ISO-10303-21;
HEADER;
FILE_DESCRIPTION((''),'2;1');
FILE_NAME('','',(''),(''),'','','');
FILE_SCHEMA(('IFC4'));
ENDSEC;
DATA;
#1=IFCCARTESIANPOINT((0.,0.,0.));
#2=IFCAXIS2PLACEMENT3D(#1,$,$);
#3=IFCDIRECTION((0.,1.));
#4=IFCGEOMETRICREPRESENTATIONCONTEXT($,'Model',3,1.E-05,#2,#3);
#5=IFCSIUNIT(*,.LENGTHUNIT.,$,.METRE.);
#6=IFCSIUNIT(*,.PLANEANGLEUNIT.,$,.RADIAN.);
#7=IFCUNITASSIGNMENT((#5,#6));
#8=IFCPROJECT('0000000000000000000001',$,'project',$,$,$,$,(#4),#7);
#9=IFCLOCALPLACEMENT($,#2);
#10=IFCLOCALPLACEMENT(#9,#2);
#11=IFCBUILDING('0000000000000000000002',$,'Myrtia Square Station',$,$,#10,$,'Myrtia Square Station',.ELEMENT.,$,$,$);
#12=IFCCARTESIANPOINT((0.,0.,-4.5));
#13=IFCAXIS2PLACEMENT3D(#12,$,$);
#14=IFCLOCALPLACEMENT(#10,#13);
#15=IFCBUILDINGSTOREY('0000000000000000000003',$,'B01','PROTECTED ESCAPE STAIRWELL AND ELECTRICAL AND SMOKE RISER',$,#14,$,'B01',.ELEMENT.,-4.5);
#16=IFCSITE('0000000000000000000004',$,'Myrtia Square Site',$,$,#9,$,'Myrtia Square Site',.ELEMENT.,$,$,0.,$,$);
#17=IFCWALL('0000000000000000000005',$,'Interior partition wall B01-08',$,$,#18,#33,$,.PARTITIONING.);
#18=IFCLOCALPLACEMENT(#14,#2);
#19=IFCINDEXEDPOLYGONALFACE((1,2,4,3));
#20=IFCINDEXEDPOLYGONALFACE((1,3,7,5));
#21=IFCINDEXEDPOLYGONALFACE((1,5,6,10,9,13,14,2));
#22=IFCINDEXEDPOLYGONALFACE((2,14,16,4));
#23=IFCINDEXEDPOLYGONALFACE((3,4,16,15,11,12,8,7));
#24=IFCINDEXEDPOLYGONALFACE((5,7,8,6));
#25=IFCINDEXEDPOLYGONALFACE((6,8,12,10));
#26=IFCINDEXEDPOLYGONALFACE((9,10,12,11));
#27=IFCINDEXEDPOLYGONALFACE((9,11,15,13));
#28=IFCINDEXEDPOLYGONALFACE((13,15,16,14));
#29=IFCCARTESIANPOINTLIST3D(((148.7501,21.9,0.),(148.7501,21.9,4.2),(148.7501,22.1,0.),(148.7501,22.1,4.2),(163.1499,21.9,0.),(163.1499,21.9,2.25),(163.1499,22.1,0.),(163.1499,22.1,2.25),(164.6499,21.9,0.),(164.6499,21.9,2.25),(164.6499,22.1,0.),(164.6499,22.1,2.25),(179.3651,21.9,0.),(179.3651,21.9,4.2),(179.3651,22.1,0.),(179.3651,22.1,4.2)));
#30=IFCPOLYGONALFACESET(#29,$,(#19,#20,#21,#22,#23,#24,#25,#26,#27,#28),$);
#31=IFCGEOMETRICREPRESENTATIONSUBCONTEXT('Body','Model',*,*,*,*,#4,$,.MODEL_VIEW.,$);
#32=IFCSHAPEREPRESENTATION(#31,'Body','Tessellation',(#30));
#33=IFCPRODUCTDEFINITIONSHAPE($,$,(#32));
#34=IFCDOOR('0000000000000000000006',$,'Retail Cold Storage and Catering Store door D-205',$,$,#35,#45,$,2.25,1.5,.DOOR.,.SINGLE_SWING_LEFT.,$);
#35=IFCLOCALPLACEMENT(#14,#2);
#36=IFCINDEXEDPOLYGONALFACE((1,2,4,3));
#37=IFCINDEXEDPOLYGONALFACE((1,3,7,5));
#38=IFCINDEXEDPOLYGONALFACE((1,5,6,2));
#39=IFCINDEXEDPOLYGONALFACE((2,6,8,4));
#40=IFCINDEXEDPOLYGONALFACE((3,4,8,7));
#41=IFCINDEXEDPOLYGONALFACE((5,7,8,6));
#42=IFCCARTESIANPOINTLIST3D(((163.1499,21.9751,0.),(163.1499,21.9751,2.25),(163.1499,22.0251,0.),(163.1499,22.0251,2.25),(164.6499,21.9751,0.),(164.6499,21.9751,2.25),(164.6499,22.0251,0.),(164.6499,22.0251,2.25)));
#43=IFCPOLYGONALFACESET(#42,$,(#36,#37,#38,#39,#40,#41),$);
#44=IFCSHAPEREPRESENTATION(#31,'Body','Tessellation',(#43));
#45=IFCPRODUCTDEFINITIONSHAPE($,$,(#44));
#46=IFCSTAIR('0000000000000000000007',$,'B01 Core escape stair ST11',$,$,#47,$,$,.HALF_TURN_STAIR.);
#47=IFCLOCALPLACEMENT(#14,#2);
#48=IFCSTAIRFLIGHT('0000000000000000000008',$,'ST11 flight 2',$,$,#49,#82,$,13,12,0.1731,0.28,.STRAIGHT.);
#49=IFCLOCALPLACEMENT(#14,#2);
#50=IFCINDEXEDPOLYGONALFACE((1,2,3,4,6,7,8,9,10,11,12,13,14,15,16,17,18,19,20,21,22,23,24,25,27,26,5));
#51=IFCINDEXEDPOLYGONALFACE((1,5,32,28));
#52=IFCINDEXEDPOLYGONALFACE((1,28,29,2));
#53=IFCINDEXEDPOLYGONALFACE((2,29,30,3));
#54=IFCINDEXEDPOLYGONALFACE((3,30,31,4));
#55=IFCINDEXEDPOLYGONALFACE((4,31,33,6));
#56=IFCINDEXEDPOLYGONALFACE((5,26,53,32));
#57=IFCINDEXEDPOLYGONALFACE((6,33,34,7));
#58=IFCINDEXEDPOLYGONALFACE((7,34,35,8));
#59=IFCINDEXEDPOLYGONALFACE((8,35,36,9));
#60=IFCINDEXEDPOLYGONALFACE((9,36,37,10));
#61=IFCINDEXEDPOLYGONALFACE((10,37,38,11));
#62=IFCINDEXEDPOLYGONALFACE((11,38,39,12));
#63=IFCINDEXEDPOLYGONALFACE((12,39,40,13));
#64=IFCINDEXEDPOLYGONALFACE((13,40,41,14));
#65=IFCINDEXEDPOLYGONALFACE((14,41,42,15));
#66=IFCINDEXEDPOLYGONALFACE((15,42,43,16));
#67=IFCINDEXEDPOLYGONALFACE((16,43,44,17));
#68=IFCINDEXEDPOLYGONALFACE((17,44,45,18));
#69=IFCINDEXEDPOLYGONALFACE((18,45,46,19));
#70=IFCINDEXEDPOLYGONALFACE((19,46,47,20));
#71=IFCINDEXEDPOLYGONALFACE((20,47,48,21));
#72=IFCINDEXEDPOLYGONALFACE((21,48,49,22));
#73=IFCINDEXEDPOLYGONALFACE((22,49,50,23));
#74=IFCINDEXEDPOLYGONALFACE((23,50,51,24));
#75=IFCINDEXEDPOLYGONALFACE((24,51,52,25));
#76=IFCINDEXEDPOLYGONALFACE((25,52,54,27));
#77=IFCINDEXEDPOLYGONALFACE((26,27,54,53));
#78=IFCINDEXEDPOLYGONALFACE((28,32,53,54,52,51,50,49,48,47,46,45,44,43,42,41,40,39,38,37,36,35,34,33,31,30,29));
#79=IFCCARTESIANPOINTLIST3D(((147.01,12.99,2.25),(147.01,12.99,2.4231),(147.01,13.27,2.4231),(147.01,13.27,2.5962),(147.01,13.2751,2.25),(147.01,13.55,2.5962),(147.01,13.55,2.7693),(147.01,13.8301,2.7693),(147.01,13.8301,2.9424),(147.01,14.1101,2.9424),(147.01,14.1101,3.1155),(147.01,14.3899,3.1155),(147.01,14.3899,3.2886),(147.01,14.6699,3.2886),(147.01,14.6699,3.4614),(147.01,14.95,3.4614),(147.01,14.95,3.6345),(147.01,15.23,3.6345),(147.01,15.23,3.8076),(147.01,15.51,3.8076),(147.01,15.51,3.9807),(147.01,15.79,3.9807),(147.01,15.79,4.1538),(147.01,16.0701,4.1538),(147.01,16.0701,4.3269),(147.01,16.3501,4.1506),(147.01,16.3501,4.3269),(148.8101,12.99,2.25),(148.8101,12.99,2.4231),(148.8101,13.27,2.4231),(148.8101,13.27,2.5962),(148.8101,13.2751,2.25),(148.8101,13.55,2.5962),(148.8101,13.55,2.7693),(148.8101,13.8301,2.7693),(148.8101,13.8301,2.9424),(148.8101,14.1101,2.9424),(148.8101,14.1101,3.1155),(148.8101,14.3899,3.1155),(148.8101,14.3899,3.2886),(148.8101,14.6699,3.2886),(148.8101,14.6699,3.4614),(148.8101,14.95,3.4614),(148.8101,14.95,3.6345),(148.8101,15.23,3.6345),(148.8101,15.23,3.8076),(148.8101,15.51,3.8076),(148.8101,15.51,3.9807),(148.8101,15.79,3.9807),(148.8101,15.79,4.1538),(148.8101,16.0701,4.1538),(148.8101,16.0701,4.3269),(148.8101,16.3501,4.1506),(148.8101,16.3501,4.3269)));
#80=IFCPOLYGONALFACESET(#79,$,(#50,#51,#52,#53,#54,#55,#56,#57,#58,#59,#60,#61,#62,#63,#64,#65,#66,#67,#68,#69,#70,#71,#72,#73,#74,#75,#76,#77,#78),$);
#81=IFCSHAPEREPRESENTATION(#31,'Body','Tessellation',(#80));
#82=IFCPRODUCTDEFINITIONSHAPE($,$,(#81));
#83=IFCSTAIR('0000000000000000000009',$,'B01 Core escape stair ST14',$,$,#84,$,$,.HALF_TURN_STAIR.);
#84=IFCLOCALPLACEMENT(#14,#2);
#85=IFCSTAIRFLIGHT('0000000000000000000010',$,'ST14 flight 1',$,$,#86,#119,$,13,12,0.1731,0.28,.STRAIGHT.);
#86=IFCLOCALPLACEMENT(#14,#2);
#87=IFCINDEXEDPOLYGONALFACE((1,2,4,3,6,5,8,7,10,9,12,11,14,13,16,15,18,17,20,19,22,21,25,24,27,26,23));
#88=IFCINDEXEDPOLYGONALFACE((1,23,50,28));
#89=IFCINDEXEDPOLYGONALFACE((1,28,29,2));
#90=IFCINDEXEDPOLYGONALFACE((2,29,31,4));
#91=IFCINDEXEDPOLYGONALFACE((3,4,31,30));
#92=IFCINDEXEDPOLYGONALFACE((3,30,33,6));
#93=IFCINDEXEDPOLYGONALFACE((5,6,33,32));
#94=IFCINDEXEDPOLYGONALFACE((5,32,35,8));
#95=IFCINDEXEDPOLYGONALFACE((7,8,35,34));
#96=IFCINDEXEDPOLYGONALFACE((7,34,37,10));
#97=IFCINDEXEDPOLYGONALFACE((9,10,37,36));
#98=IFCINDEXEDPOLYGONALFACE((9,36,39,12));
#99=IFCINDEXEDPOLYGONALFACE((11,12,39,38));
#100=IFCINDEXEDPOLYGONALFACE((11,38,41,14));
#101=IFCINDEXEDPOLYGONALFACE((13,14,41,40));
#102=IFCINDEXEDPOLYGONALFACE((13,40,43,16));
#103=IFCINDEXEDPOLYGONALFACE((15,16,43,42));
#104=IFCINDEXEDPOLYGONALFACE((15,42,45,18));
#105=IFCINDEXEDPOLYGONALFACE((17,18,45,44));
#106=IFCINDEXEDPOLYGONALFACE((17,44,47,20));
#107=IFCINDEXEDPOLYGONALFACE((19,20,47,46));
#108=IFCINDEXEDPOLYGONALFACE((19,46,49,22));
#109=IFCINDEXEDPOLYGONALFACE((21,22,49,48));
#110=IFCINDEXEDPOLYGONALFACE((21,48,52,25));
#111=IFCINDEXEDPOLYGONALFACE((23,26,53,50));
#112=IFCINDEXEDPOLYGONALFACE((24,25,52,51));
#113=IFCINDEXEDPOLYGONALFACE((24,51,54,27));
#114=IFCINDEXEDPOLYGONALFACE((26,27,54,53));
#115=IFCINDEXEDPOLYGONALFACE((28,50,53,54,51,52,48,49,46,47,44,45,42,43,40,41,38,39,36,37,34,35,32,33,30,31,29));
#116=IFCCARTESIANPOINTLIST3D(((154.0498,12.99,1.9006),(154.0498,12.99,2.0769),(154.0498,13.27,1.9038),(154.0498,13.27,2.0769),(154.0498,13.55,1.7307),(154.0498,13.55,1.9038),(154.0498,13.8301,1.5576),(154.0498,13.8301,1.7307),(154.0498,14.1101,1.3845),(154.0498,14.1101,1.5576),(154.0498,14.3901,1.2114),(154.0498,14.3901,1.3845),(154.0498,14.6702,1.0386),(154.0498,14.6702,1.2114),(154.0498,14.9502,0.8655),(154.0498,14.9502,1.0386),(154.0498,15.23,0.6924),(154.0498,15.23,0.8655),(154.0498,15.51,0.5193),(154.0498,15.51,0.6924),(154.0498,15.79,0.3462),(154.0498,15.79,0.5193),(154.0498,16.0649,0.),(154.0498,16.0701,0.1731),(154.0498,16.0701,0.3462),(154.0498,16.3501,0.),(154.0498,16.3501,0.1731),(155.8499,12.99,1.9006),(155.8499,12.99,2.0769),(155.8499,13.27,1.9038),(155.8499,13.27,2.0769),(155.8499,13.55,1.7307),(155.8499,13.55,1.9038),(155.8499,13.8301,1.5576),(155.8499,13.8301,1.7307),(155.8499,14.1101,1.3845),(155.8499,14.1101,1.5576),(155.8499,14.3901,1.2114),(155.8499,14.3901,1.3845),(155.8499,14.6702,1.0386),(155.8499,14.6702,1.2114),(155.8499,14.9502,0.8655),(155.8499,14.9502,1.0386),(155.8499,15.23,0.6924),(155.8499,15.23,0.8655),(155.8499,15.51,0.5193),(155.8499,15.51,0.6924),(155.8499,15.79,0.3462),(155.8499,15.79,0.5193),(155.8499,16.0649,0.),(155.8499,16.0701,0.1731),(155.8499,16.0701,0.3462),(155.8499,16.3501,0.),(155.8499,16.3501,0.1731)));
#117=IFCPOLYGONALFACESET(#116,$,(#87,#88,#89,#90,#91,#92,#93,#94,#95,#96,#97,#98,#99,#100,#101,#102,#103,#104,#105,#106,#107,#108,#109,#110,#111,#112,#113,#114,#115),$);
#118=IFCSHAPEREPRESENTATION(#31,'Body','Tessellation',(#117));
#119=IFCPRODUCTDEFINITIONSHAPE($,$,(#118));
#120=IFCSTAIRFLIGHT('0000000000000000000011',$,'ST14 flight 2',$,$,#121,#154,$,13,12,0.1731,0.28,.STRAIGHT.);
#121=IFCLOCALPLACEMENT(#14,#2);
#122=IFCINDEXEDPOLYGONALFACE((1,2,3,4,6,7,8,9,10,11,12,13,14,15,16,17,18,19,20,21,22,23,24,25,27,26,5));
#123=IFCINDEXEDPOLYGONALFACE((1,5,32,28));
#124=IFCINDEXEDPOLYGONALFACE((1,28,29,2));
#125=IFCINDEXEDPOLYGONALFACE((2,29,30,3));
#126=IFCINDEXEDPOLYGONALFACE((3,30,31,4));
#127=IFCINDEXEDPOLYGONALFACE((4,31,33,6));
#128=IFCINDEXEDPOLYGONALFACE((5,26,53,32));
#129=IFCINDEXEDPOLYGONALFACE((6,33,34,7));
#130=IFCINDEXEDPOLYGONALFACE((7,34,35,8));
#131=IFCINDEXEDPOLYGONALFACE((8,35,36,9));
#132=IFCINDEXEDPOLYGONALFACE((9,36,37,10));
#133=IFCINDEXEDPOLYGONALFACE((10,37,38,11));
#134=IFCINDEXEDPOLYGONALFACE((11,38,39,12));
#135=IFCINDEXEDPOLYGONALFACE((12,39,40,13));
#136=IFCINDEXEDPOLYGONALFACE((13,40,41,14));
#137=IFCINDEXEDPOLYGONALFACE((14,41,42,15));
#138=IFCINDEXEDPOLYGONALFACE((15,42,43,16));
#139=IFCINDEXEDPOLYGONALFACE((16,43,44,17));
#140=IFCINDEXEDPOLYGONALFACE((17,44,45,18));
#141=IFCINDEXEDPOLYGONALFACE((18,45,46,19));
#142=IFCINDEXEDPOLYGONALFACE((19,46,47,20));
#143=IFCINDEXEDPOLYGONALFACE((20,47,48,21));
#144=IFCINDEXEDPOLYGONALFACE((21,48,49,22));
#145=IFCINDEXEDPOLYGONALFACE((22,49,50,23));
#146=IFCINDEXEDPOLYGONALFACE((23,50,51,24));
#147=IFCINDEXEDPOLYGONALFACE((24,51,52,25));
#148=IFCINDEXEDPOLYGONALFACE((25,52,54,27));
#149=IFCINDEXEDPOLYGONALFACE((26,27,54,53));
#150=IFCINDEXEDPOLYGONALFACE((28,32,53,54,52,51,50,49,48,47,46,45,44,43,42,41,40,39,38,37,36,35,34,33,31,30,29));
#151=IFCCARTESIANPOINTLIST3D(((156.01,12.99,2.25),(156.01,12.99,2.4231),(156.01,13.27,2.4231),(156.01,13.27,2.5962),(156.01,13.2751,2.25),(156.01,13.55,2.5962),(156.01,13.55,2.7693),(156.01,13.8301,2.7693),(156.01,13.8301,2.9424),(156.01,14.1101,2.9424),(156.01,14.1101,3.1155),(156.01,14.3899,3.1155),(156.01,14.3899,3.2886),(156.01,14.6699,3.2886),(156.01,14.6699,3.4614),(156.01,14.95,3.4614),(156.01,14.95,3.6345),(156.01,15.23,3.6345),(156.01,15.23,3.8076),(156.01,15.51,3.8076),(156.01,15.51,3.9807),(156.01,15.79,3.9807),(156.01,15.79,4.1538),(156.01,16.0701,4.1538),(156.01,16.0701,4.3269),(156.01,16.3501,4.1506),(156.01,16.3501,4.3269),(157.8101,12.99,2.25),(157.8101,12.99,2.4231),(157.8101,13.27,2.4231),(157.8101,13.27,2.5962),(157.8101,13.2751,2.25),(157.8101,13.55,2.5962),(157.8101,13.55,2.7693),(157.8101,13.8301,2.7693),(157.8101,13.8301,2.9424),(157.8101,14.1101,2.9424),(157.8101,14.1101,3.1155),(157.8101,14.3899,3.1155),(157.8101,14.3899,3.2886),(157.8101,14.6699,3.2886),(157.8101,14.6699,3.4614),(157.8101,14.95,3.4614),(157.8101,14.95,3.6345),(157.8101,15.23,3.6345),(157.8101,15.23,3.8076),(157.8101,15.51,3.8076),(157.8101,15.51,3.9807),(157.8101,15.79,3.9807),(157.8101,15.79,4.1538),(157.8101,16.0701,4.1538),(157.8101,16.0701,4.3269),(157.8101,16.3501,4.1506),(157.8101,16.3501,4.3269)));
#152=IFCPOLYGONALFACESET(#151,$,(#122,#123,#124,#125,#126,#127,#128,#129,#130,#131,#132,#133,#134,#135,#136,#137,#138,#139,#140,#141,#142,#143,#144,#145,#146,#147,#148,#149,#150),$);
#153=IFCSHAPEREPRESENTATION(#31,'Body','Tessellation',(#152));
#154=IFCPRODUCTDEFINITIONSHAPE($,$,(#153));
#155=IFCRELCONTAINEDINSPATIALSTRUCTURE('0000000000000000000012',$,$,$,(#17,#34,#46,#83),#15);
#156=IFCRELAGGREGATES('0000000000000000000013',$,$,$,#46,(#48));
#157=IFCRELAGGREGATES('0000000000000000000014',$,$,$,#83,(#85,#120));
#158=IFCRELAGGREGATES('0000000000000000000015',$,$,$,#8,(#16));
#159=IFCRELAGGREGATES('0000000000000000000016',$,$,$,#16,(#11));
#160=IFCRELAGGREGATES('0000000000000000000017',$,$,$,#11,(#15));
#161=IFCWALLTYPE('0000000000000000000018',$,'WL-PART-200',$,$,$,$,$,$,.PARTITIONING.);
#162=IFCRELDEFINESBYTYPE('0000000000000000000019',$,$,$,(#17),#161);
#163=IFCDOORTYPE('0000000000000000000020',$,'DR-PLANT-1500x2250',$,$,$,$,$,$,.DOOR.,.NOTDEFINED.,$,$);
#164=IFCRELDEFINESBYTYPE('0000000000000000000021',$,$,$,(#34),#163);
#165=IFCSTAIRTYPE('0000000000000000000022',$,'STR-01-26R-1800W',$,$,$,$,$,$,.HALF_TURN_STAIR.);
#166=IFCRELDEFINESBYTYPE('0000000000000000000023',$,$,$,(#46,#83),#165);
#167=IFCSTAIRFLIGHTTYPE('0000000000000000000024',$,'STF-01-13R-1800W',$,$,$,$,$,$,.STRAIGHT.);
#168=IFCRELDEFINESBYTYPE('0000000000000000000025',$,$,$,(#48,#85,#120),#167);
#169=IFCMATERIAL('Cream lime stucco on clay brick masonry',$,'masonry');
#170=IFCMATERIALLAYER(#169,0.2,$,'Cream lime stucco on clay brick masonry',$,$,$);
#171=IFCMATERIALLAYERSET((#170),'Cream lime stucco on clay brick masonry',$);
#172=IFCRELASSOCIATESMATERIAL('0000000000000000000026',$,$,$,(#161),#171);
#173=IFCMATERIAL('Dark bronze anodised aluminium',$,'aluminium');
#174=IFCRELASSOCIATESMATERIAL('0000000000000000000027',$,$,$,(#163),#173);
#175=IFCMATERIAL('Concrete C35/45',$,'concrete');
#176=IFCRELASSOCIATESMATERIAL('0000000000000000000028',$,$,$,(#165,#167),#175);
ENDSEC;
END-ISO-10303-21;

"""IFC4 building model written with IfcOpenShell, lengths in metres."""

from ifc_helpers import new_model, si_unit, direction, frame, frame_2d, origin, place, context, subcontext, project, spatial, polyline, rectangle, outline, extrude, material, layer, layer_set, type_object, element, fill, aggregate, save


model = new_model("IFC4")

# Units and contexts
model_context = context("Model", 3, precision=1e-05, world=origin(), true_north=direction((0.0, 1.0)))
body_context = subcontext(model_context, "Body", "Model", "MODEL_VIEW")
ifc_project = project(units=[si_unit("LENGTHUNIT", "METRE"), si_unit("PLANEANGLEUNIT", "RADIAN")], contexts=[model_context])

# Site, building, storey
site_placement = place(None, origin())
site = spatial("IfcSite", under=ifc_project, at=site_placement, Name="Myrtia Square Site", LongName="Myrtia Square Site", CompositionType="ELEMENT", RefElevation=0.0)
building_placement = place(site_placement, origin())
building = spatial("IfcBuilding", under=site, at=building_placement, Name="Myrtia Square Station", LongName="Myrtia Square Station", CompositionType="ELEMENT")
storey_placement = place(building_placement, frame((0.0, 0.0, -4.5)))
storey = spatial("IfcBuildingStorey", under=building, at=storey_placement, Name="B01", Description="PROTECTED ESCAPE STAIRWELL AND ELECTRICAL AND SMOKE RISER", LongName="B01", CompositionType="ELEMENT", Elevation=-4.5)

# Shared definitions
ifc_material_1 = material(Name="Concrete C35/45", Category="concrete")

# Shared definitions
ifc_material_2 = material(Name="Dark bronze anodised aluminium", Category="aluminium")

# Wall, opening, door
ifc_material_3 = material(Name="Cream lime stucco on clay brick masonry", Category="masonry")
ifc_layer_1 = layer(ifc_material_3, 0.2, Name="Cream lime stucco on clay brick masonry")
ifc_layer_set_1 = layer_set([ifc_layer_1], Name="Cream lime stucco on clay brick masonry")
wall_type_1 = type_object("IfcWallType", Name="WL-PART-200", PredefinedType="PARTITIONING", material=ifc_layer_set_1)
wall_1_placement = place(storey_placement, frame((148.75, 22.0, 0.0), z_axis=(0.0, 0.0, 1.0), x_axis=(1.0, 0.0, 0.0)))
wall_1 = element("IfcWall", 1, at=wall_1_placement, inside=storey, type_object=wall_type_1, Name="Interior partition wall B01-08", PredefinedType="PARTITIONING", context=body_context, shape_type="SweptSolid", body=[
    extrude(rectangle(XDim=30.615, YDim=0.2, at=frame_2d((15.3076, 0.0))), origin(), (0.0, 0.0, 1.0), 4.2),
])
opening_1_placement = place(wall_1_placement, frame((14.3999, 0.0, 0.0)))
opening_1 = element("IfcOpeningElement", 2, at=opening_1_placement, cuts=wall_1, PredefinedType="OPENING", context=body_context, shape_type="SweptSolid", body=[
    extrude(rectangle(XDim=1.5, YDim=2.25, at=frame_2d((0.75, 1.125))), frame((0.0, 0.115, 0.0), z_axis=(0.0, -1.0, 0.0), x_axis=(1.0, 0.0, 0.0)), (0.0, 0.0, 1.0), 0.23),
])
door_type_1 = type_object("IfcDoorType", Name="DR-PLANT-1500x2250", OperationType="NOTDEFINED", PredefinedType="DOOR", material=ifc_material_2)
door_1_placement = place(opening_1_placement, frame((1.5, 0.0, 0.0), z_axis=(0.0, 0.0, 1.0), x_axis=(-1.0, 0.0, 0.0)))
door_1 = element("IfcDoor", 3, at=door_1_placement, inside=storey, type_object=door_type_1, Name="Retail Cold Storage and Catering Store door D-205", OperationType="SINGLE_SWING_LEFT", OverallHeight=2.25, OverallWidth=1.5, PredefinedType="DOOR", context=body_context, shape_type="SweptSolid", body=[
    extrude(rectangle(XDim=1.5, YDim=2.25, at=frame_2d((0.75, 1.125))), frame((0.0, 0.0249, 0.0), z_axis=(0.0, -1.0, 0.0), x_axis=(1.0, 0.0, 0.0)), (0.0, 0.0, 1.0), 0.05),
])
fill(opening_1, door_1)

# Stair, stair flight
stair_type = type_object("IfcStairType", Name="STR-01-26R-1800W", PredefinedType="HALF_TURN_STAIR", material=ifc_material_1)
stair_1_placement = place(storey_placement, origin())
stair_1 = element("IfcStair", 4, at=stair_1_placement, inside=storey, type_object=stair_type, Name="B01 Core escape stair ST11", PredefinedType="HALF_TURN_STAIR")
stair_flight_type = type_object("IfcStairFlightType", Name="STF-01-13R-1800W", PredefinedType="STRAIGHT", material=ifc_material_1)
stair_flight_1_placement = place(storey_placement, frame((147.9099, 12.99, 2.25), z_axis=(0.0, 0.0, 1.0), x_axis=(0.0, 1.0, 0.0)))
stair_flight_1 = element("IfcStairFlight", 5, at=stair_flight_1_placement, type_object=stair_flight_type, Name="ST11 flight 2", NumberOfRisers=13, NumberOfTreads=12, PredefinedType="STRAIGHT", RiserHeight=0.1731, TreadLength=0.28, context=body_context, shape_type="SweptSolid", body=[
    extrude(outline(polyline([(0.0, 0.0), (0.0, 0.1731), (0.28, 0.1731), (0.28, 0.3462), (0.5601, 0.3462), (0.5601, 0.5193), (0.8401, 0.5193), (0.8401, 0.6924), (1.1201, 0.6924), (1.1201, 0.8655), (1.3999, 0.8655), (1.3999, 1.0386), (1.6799, 1.0386), (1.6799, 1.2114), (1.96, 1.2114), (1.96, 1.3845), (2.24, 1.3845), (2.24, 1.5576), (2.52, 1.5576), (2.52, 1.7307), (2.8, 1.7307), (2.8, 1.9038), (3.0801, 1.9038), (3.0801, 2.0769), (3.3601, 2.0769), (3.3601, 2.25), (3.3601, 1.9006), (0.2852, 0.0), (0.0, 0.0)])), frame((0.0, 0.8999, 0.0), z_axis=(0.0, -1.0, 0.0), x_axis=(1.0, 0.0, 0.0)), (0.0, 0.0, 1.0), 1.8),
])
aggregate(stair_1, [stair_flight_1])

# Stair, stair flights
stair_2_placement = place(storey_placement, origin())
stair_2 = element("IfcStair", 6, at=stair_2_placement, inside=storey, type_object=stair_type, Name="B01 Core escape stair ST14", PredefinedType="HALF_TURN_STAIR")
stair_flight_2_placement = place(storey_placement, frame((154.95, 16.3501, 0.0), z_axis=(0.0, 0.0, 1.0), x_axis=(0.0, -1.0, 0.0)))
stair_flight_2 = element("IfcStairFlight", 7, at=stair_flight_2_placement, type_object=stair_flight_type, Name="ST14 flight 1", NumberOfRisers=13, NumberOfTreads=12, PredefinedType="STRAIGHT", RiserHeight=0.1731, TreadLength=0.28, context=body_context, shape_type="SweptSolid", body=[
    extrude(outline(polyline([(0.0, 0.0), (0.0, 0.1731), (0.28, 0.1731), (0.28, 0.3462), (0.5601, 0.3462), (0.5601, 0.5193), (0.8401, 0.5193), (0.8401, 0.6924), (1.1201, 0.6924), (1.1201, 0.8655), (1.3999, 0.8655), (1.3999, 1.0386), (1.6799, 1.0386), (1.6799, 1.2114), (1.96, 1.2114), (1.96, 1.3845), (2.24, 1.3845), (2.24, 1.5576), (2.52, 1.5576), (2.52, 1.7307), (2.8, 1.7307), (2.8, 1.9038), (3.0801, 1.9038), (3.0801, 2.0769), (3.3601, 2.0769), (3.3601, 2.25), (3.3601, 1.9006), (0.2852, 0.0), (0.0, 0.0)])), frame((0.0, 0.8999, 0.0), z_axis=(0.0, -1.0, 0.0), x_axis=(1.0, 0.0, 0.0)), (0.0, 0.0, 1.0), 1.8),
])
stair_flight_3_placement = place(storey_placement, frame((156.9099, 12.99, 2.25), z_axis=(0.0, 0.0, 1.0), x_axis=(0.0, 1.0, 0.0)))
stair_flight_3 = element("IfcStairFlight", 8, at=stair_flight_3_placement, type_object=stair_flight_type, Name="ST14 flight 2", NumberOfRisers=13, NumberOfTreads=12, PredefinedType="STRAIGHT", RiserHeight=0.1731, TreadLength=0.28, context=body_context, shape_type="SweptSolid", body=[
    extrude(outline(polyline([(0.0, 0.0), (0.0, 0.1731), (0.28, 0.1731), (0.28, 0.3462), (0.5601, 0.3462), (0.5601, 0.5193), (0.8401, 0.5193), (0.8401, 0.6924), (1.1201, 0.6924), (1.1201, 0.8655), (1.3999, 0.8655), (1.3999, 1.0386), (1.6799, 1.0386), (1.6799, 1.2114), (1.96, 1.2114), (1.96, 1.3845), (2.24, 1.3845), (2.24, 1.5576), (2.52, 1.5576), (2.52, 1.7307), (2.8, 1.7307), (2.8, 1.9038), (3.0801, 1.9038), (3.0801, 2.0769), (3.3601, 2.0769), (3.3601, 2.25), (3.3601, 1.9006), (0.2852, 0.0), (0.0, 0.0)])), frame((0.0, 0.8999, 0.0), z_axis=(0.0, -1.0, 0.0), x_axis=(1.0, 0.0, 0.0)), (0.0, 0.0, 1.0), 1.8),
])
aggregate(stair_2, [stair_flight_2, stair_flight_3])

save(model, "model.ifc")
